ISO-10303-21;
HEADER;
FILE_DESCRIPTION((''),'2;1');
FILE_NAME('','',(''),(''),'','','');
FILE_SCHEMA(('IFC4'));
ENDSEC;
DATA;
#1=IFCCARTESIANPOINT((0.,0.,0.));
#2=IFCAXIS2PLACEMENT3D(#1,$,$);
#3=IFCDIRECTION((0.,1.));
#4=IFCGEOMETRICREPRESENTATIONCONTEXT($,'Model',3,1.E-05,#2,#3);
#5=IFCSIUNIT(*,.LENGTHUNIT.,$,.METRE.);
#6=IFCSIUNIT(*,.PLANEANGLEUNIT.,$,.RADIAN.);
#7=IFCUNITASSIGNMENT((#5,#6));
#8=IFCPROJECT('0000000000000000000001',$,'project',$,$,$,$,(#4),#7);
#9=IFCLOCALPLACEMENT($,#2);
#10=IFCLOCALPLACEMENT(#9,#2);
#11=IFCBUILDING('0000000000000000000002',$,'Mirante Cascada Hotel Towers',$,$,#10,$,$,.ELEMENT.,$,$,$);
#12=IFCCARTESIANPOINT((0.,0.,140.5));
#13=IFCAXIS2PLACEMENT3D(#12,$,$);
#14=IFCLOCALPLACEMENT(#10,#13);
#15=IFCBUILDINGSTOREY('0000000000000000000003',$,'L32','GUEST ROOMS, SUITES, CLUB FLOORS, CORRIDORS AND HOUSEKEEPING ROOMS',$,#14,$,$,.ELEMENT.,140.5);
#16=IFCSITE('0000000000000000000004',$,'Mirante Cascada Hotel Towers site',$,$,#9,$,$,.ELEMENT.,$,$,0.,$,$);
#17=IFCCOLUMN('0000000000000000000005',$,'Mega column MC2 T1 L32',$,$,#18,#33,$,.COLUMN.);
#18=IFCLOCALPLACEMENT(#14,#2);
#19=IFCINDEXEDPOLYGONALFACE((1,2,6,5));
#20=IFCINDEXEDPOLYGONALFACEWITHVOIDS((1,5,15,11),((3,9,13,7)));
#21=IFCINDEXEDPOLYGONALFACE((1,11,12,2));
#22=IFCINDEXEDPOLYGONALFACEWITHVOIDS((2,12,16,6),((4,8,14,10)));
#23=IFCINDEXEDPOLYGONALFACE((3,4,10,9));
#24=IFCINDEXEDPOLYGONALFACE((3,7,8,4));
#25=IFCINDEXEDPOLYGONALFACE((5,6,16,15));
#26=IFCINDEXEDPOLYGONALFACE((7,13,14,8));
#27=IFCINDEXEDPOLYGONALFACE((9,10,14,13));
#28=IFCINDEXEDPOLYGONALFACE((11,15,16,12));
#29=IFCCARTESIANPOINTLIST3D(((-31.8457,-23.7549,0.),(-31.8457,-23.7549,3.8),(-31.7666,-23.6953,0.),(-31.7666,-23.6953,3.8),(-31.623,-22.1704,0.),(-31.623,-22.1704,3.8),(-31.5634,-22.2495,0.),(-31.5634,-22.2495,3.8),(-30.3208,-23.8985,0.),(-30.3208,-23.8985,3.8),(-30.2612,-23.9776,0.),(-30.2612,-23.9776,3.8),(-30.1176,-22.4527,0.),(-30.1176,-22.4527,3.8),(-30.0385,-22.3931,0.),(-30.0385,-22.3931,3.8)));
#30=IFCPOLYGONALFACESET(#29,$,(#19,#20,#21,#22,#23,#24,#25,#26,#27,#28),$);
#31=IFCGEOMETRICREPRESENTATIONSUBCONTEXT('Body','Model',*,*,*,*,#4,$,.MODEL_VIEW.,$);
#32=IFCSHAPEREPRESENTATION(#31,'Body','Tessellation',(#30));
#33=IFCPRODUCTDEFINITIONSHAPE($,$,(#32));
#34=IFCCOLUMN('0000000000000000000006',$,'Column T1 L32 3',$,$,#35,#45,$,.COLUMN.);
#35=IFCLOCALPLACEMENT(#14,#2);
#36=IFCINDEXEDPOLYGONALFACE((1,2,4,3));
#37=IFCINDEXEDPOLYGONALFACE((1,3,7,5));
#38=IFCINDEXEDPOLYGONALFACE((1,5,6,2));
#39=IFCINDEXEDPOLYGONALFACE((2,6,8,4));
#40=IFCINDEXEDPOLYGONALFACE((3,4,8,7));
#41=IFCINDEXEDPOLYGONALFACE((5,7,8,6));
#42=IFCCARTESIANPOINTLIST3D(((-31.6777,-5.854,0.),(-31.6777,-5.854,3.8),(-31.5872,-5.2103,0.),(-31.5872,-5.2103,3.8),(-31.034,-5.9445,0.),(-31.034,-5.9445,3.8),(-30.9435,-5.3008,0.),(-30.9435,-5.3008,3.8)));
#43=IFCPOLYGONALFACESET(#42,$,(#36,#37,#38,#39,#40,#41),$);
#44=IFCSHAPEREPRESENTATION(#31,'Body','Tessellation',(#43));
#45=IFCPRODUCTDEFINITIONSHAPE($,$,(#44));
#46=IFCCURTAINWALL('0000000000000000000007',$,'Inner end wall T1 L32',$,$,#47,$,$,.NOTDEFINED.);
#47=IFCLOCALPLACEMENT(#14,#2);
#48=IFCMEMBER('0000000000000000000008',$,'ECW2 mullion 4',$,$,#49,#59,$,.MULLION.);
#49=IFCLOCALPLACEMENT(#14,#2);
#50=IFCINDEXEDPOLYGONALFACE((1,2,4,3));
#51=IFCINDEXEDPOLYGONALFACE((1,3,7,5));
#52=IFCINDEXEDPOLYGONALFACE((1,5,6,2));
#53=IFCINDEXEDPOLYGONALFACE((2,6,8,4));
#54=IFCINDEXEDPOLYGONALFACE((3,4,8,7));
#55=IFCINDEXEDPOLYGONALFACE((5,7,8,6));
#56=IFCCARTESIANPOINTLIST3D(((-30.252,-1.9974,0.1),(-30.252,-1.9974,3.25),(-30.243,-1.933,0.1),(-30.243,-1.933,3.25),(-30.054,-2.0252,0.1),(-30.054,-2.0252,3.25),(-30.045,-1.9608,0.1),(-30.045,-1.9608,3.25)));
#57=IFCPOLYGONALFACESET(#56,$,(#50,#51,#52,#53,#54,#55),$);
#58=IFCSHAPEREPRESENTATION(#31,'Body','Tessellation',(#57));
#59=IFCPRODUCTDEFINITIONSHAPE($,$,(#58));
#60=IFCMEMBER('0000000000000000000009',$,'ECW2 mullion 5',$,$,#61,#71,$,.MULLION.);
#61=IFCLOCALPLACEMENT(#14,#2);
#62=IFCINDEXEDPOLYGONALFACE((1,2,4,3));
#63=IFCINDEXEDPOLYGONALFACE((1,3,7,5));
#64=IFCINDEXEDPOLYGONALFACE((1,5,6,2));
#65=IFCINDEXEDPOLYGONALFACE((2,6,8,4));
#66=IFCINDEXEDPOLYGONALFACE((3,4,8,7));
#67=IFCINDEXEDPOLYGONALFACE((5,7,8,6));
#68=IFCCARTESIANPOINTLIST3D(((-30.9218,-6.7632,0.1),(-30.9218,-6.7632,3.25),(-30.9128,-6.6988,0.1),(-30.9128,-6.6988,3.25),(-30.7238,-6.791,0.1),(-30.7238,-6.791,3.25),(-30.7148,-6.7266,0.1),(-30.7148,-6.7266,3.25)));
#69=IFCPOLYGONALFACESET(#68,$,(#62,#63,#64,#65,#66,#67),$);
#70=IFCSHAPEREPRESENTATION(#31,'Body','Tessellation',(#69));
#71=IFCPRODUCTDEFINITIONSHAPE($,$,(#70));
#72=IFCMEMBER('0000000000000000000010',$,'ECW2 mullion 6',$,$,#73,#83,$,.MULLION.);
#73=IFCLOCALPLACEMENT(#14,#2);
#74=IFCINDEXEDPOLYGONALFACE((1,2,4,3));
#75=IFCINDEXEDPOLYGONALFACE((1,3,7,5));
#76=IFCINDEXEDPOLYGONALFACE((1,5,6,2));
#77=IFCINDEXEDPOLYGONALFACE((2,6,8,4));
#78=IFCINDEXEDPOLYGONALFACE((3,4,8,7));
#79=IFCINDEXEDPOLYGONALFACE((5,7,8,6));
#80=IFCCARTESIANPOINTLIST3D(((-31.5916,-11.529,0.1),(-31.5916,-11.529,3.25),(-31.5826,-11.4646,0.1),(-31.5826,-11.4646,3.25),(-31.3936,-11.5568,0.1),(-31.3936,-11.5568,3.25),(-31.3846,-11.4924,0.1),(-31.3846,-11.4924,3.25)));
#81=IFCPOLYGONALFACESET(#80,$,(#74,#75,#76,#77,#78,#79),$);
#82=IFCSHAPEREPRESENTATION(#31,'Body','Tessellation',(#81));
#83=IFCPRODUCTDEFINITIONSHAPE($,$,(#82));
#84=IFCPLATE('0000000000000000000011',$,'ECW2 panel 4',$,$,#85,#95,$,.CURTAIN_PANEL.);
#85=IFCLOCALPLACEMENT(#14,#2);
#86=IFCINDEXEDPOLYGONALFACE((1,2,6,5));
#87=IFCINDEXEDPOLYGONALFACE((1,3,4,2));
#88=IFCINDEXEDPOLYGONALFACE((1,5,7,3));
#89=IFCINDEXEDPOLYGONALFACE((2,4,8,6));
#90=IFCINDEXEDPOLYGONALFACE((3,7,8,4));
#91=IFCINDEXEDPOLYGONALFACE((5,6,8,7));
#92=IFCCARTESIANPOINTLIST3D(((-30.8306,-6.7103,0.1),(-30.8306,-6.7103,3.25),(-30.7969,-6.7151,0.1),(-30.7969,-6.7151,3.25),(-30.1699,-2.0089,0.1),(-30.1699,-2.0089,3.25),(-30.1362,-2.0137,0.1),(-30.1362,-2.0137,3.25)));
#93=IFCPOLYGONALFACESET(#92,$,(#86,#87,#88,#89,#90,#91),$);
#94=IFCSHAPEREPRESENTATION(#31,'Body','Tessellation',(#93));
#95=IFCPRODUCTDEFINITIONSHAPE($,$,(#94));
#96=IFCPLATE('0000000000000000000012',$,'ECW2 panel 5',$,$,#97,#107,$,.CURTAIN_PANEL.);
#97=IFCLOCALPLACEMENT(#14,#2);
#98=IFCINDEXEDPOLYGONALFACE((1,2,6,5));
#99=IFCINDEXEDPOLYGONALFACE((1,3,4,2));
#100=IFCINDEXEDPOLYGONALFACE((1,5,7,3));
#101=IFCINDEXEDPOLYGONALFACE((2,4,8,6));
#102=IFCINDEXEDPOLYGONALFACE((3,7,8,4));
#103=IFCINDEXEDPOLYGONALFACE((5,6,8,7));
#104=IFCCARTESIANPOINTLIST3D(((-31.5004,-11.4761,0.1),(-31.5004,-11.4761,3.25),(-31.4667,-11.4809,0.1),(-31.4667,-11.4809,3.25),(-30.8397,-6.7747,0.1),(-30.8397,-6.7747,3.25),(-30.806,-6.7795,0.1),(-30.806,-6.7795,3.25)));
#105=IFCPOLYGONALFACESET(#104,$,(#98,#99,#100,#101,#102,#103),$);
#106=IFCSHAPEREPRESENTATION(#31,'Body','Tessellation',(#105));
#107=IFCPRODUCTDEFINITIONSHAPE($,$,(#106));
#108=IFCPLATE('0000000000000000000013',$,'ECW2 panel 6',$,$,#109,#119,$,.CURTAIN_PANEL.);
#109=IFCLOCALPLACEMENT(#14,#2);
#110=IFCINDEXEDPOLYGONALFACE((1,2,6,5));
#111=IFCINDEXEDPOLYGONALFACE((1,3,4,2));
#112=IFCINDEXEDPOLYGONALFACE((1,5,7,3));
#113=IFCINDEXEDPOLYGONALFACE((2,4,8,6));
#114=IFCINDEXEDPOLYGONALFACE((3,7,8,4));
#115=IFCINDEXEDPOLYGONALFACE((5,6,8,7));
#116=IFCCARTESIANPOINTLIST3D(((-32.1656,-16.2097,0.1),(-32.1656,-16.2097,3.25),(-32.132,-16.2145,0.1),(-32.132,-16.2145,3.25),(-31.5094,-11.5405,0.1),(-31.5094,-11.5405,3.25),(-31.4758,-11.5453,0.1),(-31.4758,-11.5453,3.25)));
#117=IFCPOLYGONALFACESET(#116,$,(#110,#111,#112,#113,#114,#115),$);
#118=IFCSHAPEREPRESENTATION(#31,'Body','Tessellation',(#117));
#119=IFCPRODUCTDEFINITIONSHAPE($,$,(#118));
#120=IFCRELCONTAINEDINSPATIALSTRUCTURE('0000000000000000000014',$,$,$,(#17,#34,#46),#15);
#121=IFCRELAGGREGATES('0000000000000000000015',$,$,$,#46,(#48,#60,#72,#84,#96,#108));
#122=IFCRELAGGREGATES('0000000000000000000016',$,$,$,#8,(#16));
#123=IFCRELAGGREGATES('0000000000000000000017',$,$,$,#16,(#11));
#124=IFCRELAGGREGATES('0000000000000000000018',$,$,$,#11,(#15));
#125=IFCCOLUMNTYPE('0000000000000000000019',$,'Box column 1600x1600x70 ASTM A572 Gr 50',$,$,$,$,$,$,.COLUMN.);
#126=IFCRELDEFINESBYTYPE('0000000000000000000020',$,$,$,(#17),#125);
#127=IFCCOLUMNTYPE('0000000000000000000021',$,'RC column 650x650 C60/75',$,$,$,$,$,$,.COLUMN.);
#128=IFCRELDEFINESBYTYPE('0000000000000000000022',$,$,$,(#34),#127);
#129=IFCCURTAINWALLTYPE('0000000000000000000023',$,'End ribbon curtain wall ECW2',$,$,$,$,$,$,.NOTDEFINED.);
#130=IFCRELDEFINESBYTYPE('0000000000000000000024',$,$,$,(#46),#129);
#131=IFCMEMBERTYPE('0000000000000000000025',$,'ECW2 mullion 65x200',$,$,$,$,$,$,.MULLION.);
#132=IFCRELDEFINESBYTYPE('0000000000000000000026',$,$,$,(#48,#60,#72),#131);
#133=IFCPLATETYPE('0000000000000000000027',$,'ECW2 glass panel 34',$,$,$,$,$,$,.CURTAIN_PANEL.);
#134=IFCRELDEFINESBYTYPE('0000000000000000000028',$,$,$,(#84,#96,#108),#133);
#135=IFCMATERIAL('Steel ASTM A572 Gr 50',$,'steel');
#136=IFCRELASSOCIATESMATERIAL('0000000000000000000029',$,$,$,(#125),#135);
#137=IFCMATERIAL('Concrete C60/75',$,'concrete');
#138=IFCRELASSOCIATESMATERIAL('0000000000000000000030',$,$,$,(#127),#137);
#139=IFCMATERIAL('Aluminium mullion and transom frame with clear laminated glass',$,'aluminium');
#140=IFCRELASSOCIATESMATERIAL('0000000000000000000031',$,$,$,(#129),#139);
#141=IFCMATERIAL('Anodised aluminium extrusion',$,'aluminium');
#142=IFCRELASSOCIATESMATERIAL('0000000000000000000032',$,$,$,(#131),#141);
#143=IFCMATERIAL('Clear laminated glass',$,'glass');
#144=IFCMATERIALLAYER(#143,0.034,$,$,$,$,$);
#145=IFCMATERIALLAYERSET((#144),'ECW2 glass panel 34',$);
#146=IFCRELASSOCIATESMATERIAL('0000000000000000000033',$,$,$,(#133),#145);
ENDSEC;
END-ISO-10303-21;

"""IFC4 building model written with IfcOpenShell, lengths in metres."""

from ifc_helpers import new_model, si_unit, direction, frame, origin, origin_2d, place, context, subcontext, project, spatial, rectangle, hollow_rectangle, extrude, material, layer, layer_set, material_profile, profile_set, type_object, element, aggregate, save


model = new_model("IFC4")

# Units and contexts
model_context = context("Model", 3, precision=1e-05, world=origin(), true_north=direction((0.0, 1.0)))
body_context = subcontext(model_context, "Body", "Model", "MODEL_VIEW")
ifc_project = project(units=[si_unit("LENGTHUNIT", "METRE"), si_unit("PLANEANGLEUNIT", "RADIAN")], contexts=[model_context])

# Site, building, storey
site_placement = place(None, origin())
site = spatial("IfcSite", under=ifc_project, at=site_placement, Name="Mirante Cascada Hotel Towers site", CompositionType="ELEMENT", RefElevation=0.0)
building_placement = place(site_placement, origin())
building = spatial("IfcBuilding", under=site, at=building_placement, Name="Mirante Cascada Hotel Towers", CompositionType="ELEMENT")
storey_placement = place(building_placement, frame((0.0, 0.0, 140.5)))
storey = spatial("IfcBuildingStorey", under=building, at=storey_placement, Name="L32", Description="GUEST ROOMS, SUITES, CLUB FLOORS, CORRIDORS AND HOUSEKEEPING ROOMS", CompositionType="ELEMENT", Elevation=140.5)

# Columns
ifc_material_1 = material(Name="Steel ASTM A572 Gr 50", Category="steel")
ifc_material_profile_1 = material_profile(ifc_material_1, hollow_rectangle(XDim=1.6, YDim=1.6, WallThickness=0.07, at=origin_2d()), Name="Box column 1600x1600x70 ASTM A572 Gr 50")
ifc_profile_set_1 = profile_set([ifc_material_profile_1], Name="Steel ASTM A572 Gr 50")
column_type_1 = type_object("IfcColumnType", Name="Box column 1600x1600x70 ASTM A572 Gr 50", PredefinedType="COLUMN", material=ifc_profile_set_1)
column_1_placement = place(storey_placement, frame((-30.9421, -23.074, 0.0), z_axis=(0.0, 0.0, 1.0), x_axis=(-0.990268, 0.139173, 0.0)))
element("IfcColumn", 1, at=column_1_placement, inside=storey, type_object=column_type_1, Name="Mega column MC2 T1 L32", PredefinedType="COLUMN", context=body_context, shape_type="SweptSolid", body=[
    extrude(hollow_rectangle(XDim=1.6, YDim=1.6, WallThickness=0.07, at=origin_2d()), origin(), (0.0, 0.0, 1.0), 3.8),
])
ifc_material_2 = material(Name="Concrete C60/75", Category="concrete")
ifc_material_profile_2 = material_profile(ifc_material_2, rectangle(XDim=0.65, YDim=0.65, at=origin_2d()), Name="RC column 650x650 C60/75")
ifc_profile_set_2 = profile_set([ifc_material_profile_2], Name="Concrete C60/75")
column_type_2 = type_object("IfcColumnType", Name="RC column 650x650 C60/75", PredefinedType="COLUMN", material=ifc_profile_set_2)
column_2_placement = place(storey_placement, frame((-31.3106, -5.5774, 0.0), z_axis=(0.0, 0.0, 1.0), x_axis=(-0.990268, 0.139173, 0.0)))
element("IfcColumn", 2, at=column_2_placement, inside=storey, type_object=column_type_2, Name="Column T1 L32 3", PredefinedType="COLUMN", context=body_context, shape_type="SweptSolid", body=[
    extrude(rectangle(XDim=0.65, YDim=0.65, at=origin_2d()), origin(), (0.0, 0.0, 1.0), 3.8),
])

# Curtain wall, members, plates
ifc_material_3 = material(Name="Aluminium mullion and transom frame with clear laminated glass", Category="aluminium")
curtain_wall_type = type_object("IfcCurtainWallType", Name="End ribbon curtain wall ECW2", PredefinedType="NOTDEFINED", material=ifc_material_3)
curtain_wall_placement = place(storey_placement, origin())
curtain_wall = element("IfcCurtainWall", 3, at=curtain_wall_placement, inside=storey, type_object=curtain_wall_type, Name="Inner end wall T1 L32", PredefinedType="NOTDEFINED")
ifc_material_4 = material(Name="Anodised aluminium extrusion", Category="aluminium")
ifc_material_profile_3 = material_profile(ifc_material_4, rectangle(XDim=0.2, YDim=0.065, at=origin_2d()), Name="ECW2 MULLION 65x200")
ifc_profile_set_3 = profile_set([ifc_material_profile_3], Name="Anodised aluminium extrusion")
member_type = type_object("IfcMemberType", Name="ECW2 mullion 65x200", PredefinedType="MULLION", material=ifc_profile_set_3)
member_1_placement = place(storey_placement, frame((-30.1485, -1.9791, 0.1), z_axis=(0.0, 0.0, 1.0), x_axis=(0.990268, -0.139173, 0.0)))
member_1 = element("IfcMember", 4, at=member_1_placement, type_object=member_type, Name="ECW2 mullion 4", PredefinedType="MULLION", context=body_context, shape_type="SweptSolid", body=[
    extrude(rectangle(XDim=0.2, YDim=0.065, at=origin_2d()), origin(), (0.0, 0.0, 1.0), 3.15),
])
member_2_placement = place(storey_placement, frame((-30.8183, -6.7449, 0.1), z_axis=(0.0, 0.0, 1.0), x_axis=(0.990268, -0.139173, 0.0)))
member_2 = element("IfcMember", 5, at=member_2_placement, type_object=member_type, Name="ECW2 mullion 5", PredefinedType="MULLION", context=body_context, shape_type="SweptSolid", body=[
    extrude(rectangle(XDim=0.2, YDim=0.065, at=origin_2d()), origin(), (0.0, 0.0, 1.0), 3.15),
])
member_3_placement = place(storey_placement, frame((-31.4881, -11.5107, 0.1), z_axis=(0.0, 0.0, 1.0), x_axis=(0.990268, -0.139173, 0.0)))
member_3 = element("IfcMember", 6, at=member_3_placement, type_object=member_type, Name="ECW2 mullion 6", PredefinedType="MULLION", context=body_context, shape_type="SweptSolid", body=[
    extrude(rectangle(XDim=0.2, YDim=0.065, at=origin_2d()), origin(), (0.0, 0.0, 1.0), 3.15),
])
ifc_material_5 = material(Name="Clear laminated glass", Category="glass")
ifc_layer_1 = layer(ifc_material_5, 0.034)
ifc_layer_set_1 = layer_set([ifc_layer_1], Name="ECW2 glass panel 34")
plate_type = type_object("IfcPlateType", Name="ECW2 glass panel 34", PredefinedType="CURTAIN_PANEL", material=ifc_layer_set_1)
plate_1_placement = place(storey_placement, frame((-30.4834, -4.362, 0.1), z_axis=(0.0, 0.0, 1.0), x_axis=(-0.139173, -0.990268, 0.0)))
plate_1 = element("IfcPlate", 7, at=plate_1_placement, type_object=plate_type, Name="ECW2 panel 4", PredefinedType="CURTAIN_PANEL", context=body_context, shape_type="SweptSolid", body=[
    extrude(rectangle(XDim=4.7476, YDim=0.034, at=origin_2d()), origin(), (0.0, 0.0, 1.0), 3.15),
])
plate_2_placement = place(storey_placement, frame((-31.1532, -9.1278, 0.1), z_axis=(0.0, 0.0, 1.0), x_axis=(-0.139173, -0.990268, 0.0)))
plate_2 = element("IfcPlate", 8, at=plate_2_placement, type_object=plate_type, Name="ECW2 panel 5", PredefinedType="CURTAIN_PANEL", context=body_context, shape_type="SweptSolid", body=[
    extrude(rectangle(XDim=4.7476, YDim=0.034, at=origin_2d()), origin(), (0.0, 0.0, 1.0), 3.15),
])
plate_3_placement = place(storey_placement, frame((-31.8207, -13.8775, 0.1), z_axis=(0.0, 0.0, 1.0), x_axis=(-0.139173, -0.990268, 0.0)))
plate_3 = element("IfcPlate", 9, at=plate_3_placement, type_object=plate_type, Name="ECW2 panel 6", PredefinedType="CURTAIN_PANEL", context=body_context, shape_type="SweptSolid", body=[
    extrude(rectangle(XDim=4.7151, YDim=0.034, at=origin_2d()), origin(), (0.0, 0.0, 1.0), 3.15),
])
aggregate(curtain_wall, [member_1, member_2, member_3, plate_1, plate_2, plate_3])

save(model, "model.ifc")
